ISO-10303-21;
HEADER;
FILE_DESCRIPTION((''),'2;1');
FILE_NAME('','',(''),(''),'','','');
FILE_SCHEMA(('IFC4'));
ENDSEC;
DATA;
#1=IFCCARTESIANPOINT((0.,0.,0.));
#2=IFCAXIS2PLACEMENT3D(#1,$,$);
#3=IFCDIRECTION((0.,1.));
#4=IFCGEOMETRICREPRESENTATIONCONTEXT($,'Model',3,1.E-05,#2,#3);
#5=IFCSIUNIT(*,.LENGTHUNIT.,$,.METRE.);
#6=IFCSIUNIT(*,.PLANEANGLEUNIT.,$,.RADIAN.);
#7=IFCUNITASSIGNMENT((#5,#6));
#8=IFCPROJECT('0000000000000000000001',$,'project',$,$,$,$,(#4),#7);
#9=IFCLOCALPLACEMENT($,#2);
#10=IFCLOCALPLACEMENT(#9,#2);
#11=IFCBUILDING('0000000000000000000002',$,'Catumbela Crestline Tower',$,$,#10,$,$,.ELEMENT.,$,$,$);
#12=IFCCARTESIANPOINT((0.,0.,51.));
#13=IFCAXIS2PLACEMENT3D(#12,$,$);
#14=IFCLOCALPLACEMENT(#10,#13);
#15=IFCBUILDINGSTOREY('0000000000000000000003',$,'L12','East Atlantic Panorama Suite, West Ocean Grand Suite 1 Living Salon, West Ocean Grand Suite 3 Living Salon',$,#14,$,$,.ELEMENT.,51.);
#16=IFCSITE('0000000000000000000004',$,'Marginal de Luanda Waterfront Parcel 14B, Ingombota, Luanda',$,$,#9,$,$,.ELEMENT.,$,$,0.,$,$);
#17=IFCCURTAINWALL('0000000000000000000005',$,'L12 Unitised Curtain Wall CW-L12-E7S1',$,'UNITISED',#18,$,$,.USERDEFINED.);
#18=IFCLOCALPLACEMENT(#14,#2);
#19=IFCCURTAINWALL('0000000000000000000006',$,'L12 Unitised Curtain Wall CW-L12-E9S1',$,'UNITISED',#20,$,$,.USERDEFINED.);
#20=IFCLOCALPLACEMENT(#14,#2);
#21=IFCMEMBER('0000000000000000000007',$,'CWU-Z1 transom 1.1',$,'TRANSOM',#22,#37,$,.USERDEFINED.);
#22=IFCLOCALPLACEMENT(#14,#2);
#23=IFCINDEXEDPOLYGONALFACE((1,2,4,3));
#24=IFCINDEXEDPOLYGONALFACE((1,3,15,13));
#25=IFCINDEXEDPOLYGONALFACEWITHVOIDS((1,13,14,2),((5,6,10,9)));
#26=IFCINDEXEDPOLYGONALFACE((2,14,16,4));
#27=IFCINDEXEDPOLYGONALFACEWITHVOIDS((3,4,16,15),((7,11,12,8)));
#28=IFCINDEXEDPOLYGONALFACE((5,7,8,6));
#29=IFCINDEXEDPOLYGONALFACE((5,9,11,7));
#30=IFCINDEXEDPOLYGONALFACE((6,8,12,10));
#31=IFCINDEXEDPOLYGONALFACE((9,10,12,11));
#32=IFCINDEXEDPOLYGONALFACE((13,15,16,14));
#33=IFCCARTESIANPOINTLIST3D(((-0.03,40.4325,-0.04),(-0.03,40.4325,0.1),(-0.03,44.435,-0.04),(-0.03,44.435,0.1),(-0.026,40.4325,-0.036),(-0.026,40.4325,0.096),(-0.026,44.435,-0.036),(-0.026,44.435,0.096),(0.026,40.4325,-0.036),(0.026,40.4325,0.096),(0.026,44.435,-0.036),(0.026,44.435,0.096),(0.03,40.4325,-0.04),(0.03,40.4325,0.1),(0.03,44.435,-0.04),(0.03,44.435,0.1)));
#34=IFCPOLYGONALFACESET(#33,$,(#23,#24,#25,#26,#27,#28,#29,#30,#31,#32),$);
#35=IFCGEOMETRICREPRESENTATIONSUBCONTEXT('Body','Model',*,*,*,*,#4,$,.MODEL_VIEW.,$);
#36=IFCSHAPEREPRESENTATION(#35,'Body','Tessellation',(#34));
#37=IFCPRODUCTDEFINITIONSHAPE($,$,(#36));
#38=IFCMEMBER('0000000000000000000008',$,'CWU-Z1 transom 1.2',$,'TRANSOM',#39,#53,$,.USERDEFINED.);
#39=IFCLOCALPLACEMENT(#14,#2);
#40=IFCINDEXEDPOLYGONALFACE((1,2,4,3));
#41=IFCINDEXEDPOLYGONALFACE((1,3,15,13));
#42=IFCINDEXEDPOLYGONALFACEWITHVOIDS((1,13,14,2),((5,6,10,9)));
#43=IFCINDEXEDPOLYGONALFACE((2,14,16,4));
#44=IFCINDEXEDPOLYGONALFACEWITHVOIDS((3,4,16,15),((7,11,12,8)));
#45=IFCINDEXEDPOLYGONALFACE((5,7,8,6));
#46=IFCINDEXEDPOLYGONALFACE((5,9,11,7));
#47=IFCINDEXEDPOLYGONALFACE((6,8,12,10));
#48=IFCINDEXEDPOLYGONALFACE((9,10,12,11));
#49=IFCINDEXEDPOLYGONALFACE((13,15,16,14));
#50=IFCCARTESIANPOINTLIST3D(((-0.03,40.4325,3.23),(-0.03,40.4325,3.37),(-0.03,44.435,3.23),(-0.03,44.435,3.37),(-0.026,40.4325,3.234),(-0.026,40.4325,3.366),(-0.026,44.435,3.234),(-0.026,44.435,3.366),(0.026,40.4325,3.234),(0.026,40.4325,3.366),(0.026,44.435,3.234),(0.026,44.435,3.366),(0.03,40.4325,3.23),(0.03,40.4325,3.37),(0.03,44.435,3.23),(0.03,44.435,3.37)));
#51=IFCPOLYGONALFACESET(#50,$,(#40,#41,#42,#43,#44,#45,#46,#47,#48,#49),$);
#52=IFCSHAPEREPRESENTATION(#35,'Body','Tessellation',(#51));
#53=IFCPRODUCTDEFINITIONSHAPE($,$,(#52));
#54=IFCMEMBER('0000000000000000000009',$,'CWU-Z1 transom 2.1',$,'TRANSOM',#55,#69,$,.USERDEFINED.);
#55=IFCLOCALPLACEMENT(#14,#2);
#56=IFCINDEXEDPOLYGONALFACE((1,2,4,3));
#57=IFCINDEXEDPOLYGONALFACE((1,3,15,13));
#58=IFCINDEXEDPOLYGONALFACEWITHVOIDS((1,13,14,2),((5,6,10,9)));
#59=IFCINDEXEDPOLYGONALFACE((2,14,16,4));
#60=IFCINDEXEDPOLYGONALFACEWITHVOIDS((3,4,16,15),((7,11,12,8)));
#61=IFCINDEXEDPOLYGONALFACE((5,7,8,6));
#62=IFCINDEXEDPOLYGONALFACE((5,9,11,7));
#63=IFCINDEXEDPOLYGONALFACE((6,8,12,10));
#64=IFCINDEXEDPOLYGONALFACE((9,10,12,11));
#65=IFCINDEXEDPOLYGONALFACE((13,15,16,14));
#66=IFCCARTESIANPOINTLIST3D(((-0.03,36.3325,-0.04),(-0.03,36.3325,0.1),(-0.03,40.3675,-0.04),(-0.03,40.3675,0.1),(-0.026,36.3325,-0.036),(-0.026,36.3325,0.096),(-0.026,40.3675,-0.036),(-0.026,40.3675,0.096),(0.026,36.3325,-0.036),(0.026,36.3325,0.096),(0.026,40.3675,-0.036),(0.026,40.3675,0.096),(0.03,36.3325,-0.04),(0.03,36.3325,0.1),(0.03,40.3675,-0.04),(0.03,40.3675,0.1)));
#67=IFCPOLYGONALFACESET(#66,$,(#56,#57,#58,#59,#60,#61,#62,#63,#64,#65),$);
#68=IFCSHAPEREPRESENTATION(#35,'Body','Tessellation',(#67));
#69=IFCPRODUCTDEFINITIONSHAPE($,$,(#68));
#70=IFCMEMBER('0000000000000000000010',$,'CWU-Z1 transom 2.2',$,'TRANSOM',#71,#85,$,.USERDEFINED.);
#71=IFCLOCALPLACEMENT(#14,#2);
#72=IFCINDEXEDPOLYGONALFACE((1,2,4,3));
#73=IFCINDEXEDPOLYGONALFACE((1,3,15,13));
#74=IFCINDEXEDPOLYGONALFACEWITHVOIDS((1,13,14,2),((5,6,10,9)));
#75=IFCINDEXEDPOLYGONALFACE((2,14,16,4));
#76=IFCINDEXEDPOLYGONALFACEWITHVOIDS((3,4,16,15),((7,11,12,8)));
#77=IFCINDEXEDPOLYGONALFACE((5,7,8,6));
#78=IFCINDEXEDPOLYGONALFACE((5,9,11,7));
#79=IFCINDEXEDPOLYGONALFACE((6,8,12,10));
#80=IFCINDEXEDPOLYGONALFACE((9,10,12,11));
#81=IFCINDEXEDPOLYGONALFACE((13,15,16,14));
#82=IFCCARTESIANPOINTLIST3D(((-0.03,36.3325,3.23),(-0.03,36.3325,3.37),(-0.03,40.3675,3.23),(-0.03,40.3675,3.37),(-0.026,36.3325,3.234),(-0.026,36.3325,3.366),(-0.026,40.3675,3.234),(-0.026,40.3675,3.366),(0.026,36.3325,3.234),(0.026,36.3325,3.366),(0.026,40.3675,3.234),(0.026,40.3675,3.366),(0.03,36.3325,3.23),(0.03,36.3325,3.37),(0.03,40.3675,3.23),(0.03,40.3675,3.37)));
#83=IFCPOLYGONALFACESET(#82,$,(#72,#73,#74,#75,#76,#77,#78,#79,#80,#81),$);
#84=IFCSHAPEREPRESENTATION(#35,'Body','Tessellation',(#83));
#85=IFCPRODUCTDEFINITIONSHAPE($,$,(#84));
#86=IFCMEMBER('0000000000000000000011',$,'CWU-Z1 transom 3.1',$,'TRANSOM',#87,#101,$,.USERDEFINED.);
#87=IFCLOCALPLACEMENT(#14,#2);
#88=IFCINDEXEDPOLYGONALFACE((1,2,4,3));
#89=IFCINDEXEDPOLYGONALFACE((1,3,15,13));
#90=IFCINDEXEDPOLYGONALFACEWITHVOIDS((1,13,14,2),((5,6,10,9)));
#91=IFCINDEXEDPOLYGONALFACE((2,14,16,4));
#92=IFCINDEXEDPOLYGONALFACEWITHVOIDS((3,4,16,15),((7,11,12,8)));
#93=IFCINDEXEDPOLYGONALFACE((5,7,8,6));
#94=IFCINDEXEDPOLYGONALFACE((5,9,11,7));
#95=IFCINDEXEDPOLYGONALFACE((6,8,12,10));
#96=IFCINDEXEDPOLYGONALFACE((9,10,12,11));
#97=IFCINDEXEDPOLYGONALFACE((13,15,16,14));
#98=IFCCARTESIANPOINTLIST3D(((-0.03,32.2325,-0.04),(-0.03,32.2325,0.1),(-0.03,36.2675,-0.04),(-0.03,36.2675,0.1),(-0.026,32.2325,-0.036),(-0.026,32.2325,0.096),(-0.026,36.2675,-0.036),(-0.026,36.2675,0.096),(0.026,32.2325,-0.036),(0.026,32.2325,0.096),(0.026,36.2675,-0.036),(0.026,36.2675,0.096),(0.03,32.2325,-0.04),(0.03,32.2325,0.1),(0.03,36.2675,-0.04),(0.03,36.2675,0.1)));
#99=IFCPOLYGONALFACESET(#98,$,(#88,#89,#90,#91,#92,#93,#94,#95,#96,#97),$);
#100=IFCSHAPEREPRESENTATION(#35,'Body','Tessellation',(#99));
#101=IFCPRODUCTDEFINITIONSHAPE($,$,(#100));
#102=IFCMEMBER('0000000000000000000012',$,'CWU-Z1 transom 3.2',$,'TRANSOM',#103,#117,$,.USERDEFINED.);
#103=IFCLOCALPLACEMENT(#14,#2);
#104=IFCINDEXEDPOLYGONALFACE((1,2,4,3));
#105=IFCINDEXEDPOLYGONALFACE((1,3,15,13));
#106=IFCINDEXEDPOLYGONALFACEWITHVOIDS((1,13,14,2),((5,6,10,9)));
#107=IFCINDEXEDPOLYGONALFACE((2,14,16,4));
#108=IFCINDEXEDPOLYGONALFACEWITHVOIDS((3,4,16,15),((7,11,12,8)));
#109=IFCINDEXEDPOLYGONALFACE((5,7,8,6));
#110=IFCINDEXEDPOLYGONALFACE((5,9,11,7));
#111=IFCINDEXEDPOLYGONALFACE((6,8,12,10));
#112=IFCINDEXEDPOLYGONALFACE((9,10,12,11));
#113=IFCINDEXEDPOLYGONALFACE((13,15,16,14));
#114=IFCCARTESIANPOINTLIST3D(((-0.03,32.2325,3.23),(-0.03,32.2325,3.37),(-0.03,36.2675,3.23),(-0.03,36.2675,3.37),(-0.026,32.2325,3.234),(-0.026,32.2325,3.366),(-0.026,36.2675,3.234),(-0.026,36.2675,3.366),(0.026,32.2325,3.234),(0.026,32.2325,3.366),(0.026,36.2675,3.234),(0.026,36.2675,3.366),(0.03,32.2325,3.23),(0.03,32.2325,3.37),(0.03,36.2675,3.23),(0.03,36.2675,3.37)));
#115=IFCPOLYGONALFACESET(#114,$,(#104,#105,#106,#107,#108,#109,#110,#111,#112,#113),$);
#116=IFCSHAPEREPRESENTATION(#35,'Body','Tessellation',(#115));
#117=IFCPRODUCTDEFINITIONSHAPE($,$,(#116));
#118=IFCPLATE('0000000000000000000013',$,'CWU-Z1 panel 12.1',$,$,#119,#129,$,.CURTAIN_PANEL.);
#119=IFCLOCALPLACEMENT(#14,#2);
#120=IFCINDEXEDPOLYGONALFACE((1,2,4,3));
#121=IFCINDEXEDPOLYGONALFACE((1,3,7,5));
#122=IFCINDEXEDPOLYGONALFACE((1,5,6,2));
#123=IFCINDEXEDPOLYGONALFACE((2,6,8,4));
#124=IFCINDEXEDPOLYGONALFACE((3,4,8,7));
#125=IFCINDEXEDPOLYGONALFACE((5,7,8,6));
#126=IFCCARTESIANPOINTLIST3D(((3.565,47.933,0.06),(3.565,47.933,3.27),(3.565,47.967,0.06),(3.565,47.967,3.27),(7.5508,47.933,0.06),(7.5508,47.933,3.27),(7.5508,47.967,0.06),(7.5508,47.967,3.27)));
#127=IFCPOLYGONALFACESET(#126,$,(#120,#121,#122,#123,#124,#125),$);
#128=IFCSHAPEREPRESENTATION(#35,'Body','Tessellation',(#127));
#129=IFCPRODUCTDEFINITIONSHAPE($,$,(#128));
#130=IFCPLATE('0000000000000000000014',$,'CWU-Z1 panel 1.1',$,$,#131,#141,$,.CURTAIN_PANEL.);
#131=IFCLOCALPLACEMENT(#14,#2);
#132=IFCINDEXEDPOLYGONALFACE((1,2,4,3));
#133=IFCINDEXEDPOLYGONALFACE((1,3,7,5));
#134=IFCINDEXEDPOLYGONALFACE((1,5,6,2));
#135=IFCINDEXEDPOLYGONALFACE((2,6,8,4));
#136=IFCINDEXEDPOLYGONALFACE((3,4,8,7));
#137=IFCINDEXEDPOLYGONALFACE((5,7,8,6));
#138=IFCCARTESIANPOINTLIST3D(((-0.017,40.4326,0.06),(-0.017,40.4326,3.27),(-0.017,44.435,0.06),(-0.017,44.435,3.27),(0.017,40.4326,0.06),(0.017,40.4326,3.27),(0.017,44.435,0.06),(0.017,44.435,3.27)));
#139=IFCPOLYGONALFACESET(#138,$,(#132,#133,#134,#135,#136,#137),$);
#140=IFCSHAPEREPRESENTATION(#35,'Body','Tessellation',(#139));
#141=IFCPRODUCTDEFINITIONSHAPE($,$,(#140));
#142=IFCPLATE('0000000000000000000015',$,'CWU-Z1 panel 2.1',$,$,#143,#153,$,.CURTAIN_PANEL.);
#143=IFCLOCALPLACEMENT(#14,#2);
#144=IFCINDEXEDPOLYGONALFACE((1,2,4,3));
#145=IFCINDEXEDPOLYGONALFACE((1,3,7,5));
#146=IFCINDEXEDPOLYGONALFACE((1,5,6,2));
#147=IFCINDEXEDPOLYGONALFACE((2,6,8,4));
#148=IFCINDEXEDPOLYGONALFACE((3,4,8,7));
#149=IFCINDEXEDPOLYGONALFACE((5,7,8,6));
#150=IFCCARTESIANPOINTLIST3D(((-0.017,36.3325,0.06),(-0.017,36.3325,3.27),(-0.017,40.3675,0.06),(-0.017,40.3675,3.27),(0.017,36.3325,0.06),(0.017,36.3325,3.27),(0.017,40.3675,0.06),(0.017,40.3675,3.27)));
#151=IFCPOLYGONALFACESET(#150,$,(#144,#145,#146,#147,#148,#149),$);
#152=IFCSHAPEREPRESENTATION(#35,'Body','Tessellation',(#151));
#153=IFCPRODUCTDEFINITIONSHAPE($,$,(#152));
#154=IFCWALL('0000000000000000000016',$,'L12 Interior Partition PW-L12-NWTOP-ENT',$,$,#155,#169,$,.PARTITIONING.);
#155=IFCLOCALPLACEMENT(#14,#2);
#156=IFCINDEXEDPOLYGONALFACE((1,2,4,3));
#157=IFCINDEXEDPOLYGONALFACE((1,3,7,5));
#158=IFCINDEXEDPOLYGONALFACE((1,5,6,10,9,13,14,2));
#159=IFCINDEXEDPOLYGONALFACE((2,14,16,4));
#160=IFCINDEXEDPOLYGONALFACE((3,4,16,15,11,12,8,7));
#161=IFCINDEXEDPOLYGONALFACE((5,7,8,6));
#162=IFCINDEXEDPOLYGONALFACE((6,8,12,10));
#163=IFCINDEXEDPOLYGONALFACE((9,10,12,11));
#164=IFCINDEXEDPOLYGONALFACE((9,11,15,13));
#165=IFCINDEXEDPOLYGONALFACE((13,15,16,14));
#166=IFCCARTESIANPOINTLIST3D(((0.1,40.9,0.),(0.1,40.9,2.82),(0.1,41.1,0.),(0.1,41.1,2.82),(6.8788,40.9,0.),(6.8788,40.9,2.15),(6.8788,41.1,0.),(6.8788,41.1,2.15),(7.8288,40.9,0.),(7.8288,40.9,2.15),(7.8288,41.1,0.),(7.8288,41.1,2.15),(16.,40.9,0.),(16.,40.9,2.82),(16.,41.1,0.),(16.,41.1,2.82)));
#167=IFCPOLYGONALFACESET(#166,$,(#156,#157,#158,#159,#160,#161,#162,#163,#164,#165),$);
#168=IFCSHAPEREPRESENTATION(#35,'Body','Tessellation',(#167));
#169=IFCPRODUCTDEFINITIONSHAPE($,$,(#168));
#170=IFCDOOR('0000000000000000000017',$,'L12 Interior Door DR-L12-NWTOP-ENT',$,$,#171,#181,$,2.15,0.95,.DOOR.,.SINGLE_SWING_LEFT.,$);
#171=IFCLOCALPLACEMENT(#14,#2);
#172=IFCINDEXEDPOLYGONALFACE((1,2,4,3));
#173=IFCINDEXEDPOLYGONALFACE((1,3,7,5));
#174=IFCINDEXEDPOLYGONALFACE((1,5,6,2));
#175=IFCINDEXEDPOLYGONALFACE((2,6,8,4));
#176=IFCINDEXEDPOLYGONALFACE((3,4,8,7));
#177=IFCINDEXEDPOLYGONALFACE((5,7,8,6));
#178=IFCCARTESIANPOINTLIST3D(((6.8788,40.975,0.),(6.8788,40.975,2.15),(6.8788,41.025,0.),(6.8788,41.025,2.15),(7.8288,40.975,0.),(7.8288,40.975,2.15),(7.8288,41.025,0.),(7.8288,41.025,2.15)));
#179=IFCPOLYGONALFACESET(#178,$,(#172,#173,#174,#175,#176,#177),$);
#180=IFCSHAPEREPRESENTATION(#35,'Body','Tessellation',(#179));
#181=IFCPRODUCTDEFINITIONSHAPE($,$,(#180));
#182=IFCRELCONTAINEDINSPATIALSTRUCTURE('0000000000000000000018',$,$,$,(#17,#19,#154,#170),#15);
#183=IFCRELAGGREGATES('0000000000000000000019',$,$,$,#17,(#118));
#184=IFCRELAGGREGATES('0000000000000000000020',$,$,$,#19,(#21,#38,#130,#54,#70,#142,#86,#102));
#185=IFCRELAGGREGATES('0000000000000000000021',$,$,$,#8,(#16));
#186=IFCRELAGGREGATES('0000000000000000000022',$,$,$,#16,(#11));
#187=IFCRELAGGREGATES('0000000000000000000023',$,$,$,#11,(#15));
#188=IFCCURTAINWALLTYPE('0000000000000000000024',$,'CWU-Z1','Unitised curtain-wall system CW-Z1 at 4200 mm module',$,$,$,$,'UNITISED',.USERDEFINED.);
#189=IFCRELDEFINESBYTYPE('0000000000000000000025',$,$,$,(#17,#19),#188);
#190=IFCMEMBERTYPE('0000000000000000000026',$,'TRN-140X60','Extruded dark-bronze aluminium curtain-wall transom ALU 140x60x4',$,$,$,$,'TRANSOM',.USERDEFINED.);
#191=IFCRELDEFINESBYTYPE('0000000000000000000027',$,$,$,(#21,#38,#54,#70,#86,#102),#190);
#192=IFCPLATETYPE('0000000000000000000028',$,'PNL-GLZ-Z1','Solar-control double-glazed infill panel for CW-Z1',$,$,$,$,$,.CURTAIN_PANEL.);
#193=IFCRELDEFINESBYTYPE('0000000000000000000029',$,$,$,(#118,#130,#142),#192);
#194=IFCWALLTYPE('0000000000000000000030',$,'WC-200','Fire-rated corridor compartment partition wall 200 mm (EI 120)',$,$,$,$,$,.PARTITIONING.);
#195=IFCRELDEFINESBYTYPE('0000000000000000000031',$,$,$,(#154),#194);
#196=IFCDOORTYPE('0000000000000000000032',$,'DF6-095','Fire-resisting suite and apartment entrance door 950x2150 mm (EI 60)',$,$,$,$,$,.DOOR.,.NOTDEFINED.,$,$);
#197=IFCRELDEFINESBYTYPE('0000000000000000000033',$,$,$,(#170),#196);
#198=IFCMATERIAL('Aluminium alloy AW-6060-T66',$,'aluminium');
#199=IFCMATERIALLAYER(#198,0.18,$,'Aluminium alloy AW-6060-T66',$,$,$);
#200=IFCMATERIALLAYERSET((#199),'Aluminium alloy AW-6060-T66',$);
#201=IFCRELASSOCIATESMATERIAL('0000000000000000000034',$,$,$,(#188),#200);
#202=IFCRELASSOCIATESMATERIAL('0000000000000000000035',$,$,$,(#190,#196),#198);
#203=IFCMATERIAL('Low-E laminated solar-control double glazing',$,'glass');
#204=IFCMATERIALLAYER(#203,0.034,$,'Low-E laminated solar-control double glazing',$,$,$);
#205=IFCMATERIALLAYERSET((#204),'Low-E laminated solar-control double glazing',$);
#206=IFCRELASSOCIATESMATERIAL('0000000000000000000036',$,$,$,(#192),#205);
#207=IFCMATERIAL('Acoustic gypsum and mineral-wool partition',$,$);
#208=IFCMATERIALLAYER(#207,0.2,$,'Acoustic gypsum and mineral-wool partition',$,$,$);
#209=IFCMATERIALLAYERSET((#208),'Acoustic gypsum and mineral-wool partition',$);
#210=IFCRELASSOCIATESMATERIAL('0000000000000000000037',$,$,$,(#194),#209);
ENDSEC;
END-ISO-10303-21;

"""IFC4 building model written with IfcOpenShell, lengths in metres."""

from ifc_helpers import new_model, si_unit, direction, frame, frame_2d, origin, origin_2d, place, context, subcontext, project, spatial, rectangle, hollow_rectangle, extrude, material, layer, layer_set, material_profile, profile_set, type_object, element, fill, aggregate, save


model = new_model("IFC4")

# Units and contexts
model_context = context("Model", 3, precision=1e-05, world=origin(), true_north=direction((0.0, 1.0)))
body_context = subcontext(model_context, "Body", "Model", "MODEL_VIEW")
ifc_project = project(units=[si_unit("LENGTHUNIT", "METRE"), si_unit("PLANEANGLEUNIT", "RADIAN")], contexts=[model_context])

# Site, building, storey
site_placement = place(None, origin())
site = spatial("IfcSite", under=ifc_project, at=site_placement, Name="Marginal de Luanda Waterfront Parcel 14B, Ingombota, Luanda", CompositionType="ELEMENT", RefElevation=0.0)
building_placement = place(site_placement, origin())
building = spatial("IfcBuilding", under=site, at=building_placement, Name="Catumbela Crestline Tower", CompositionType="ELEMENT")
storey_placement = place(building_placement, frame((0.0, 0.0, 51.0)))
storey = spatial("IfcBuildingStorey", under=building, at=storey_placement, Name="L12", Description="East Atlantic Panorama Suite, West Ocean Grand Suite 1 Living Salon, West Ocean Grand Suite 3 Living Salon", CompositionType="ELEMENT", Elevation=51.0)

# Curtain walls
ifc_material_1 = material(Name="Aluminium alloy AW-6060-T66", Category="aluminium")
ifc_layer_1 = layer(ifc_material_1, 0.18, Name="Aluminium alloy AW-6060-T66")
ifc_layer_set_1 = layer_set([ifc_layer_1], Name="Aluminium alloy AW-6060-T66")
curtain_wall_type = type_object("IfcCurtainWallType", Name="CWU-Z1", Description="Unitised curtain-wall system CW-Z1 at 4200 mm module", ElementType="UNITISED", PredefinedType="USERDEFINED", material=ifc_layer_set_1)
curtain_wall_1_placement = place(storey_placement, origin())
curtain_wall_1 = element("IfcCurtainWall", 1, at=curtain_wall_1_placement, inside=storey, type_object=curtain_wall_type, Name="L12 Unitised Curtain Wall CW-L12-E7S1", ObjectType="UNITISED", PredefinedType="USERDEFINED")
curtain_wall_2_placement = place(storey_placement, origin())
curtain_wall_2 = element("IfcCurtainWall", 2, at=curtain_wall_2_placement, inside=storey, type_object=curtain_wall_type, Name="L12 Unitised Curtain Wall CW-L12-E9S1", ObjectType="UNITISED", PredefinedType="USERDEFINED")

# Members
ifc_material_profile_1 = material_profile(ifc_material_1, hollow_rectangle(XDim=0.06, YDim=0.14, WallThickness=0.004, at=origin_2d()), Name="ALU 140x60x4")
ifc_profile_set_1 = profile_set([ifc_material_profile_1], Name="Aluminium alloy AW-6060-T66")
member_type_1 = type_object("IfcMemberType", Name="TRN-140X60", Description="Extruded dark-bronze aluminium curtain-wall transom ALU 140x60x4", ElementType="TRANSOM", PredefinedType="USERDEFINED", material=ifc_profile_set_1)
member_1_placement = place(storey_placement, frame((0.0, 44.435, 0.03), z_axis=(0.0, -1.0, 0.0), x_axis=(1.0, 0.0, 0.0)))
member_1 = element("IfcMember", 3, at=member_1_placement, type_object=member_type_1, Name="CWU-Z1 transom 1.1", ObjectType="TRANSOM", PredefinedType="USERDEFINED", context=body_context, shape_type="SweptSolid", body=[
    extrude(hollow_rectangle(XDim=0.06, YDim=0.14, WallThickness=0.004, at=origin_2d()), origin(), (0.0, 0.0, 1.0), 4.0025),
])
member_2_placement = place(storey_placement, frame((0.0, 44.435, 3.3), z_axis=(0.0, -1.0, 0.0), x_axis=(1.0, 0.0, 0.0)))
member_2 = element("IfcMember", 4, at=member_2_placement, type_object=member_type_1, Name="CWU-Z1 transom 1.2", ObjectType="TRANSOM", PredefinedType="USERDEFINED", context=body_context, shape_type="SweptSolid", body=[
    extrude(hollow_rectangle(XDim=0.06, YDim=0.14, WallThickness=0.004, at=origin_2d()), origin(), (0.0, 0.0, 1.0), 4.0025),
])
member_3_placement = place(storey_placement, frame((0.0, 40.3675, 0.03), z_axis=(0.0, -1.0, 0.0), x_axis=(1.0, 0.0, 0.0)))
member_3 = element("IfcMember", 5, at=member_3_placement, type_object=member_type_1, Name="CWU-Z1 transom 2.1", ObjectType="TRANSOM", PredefinedType="USERDEFINED", context=body_context, shape_type="SweptSolid", body=[
    extrude(hollow_rectangle(XDim=0.06, YDim=0.14, WallThickness=0.004, at=origin_2d()), origin(), (0.0, 0.0, 1.0), 4.035),
])
member_4_placement = place(storey_placement, frame((0.0, 40.3675, 3.3), z_axis=(0.0, -1.0, 0.0), x_axis=(1.0, 0.0, 0.0)))
member_4 = element("IfcMember", 6, at=member_4_placement, type_object=member_type_1, Name="CWU-Z1 transom 2.2", ObjectType="TRANSOM", PredefinedType="USERDEFINED", context=body_context, shape_type="SweptSolid", body=[
    extrude(hollow_rectangle(XDim=0.06, YDim=0.14, WallThickness=0.004, at=origin_2d()), origin(), (0.0, 0.0, 1.0), 4.035),
])
member_5_placement = place(storey_placement, frame((0.0, 36.2675, 0.03), z_axis=(0.0, -1.0, 0.0), x_axis=(1.0, 0.0, 0.0)))
member_5 = element("IfcMember", 7, at=member_5_placement, type_object=member_type_1, Name="CWU-Z1 transom 3.1", ObjectType="TRANSOM", PredefinedType="USERDEFINED", context=body_context, shape_type="SweptSolid", body=[
    extrude(hollow_rectangle(XDim=0.06, YDim=0.14, WallThickness=0.004, at=origin_2d()), origin(), (0.0, 0.0, 1.0), 4.035),
])
member_6_placement = place(storey_placement, frame((0.0, 36.2675, 3.3), z_axis=(0.0, -1.0, 0.0), x_axis=(1.0, 0.0, 0.0)))
member_6 = element("IfcMember", 8, at=member_6_placement, type_object=member_type_1, Name="CWU-Z1 transom 3.2", ObjectType="TRANSOM", PredefinedType="USERDEFINED", context=body_context, shape_type="SweptSolid", body=[
    extrude(hollow_rectangle(XDim=0.06, YDim=0.14, WallThickness=0.004, at=origin_2d()), origin(), (0.0, 0.0, 1.0), 4.035),
])

# Plates
ifc_material_2 = material(Name="Low-E laminated solar-control double glazing", Category="glass")
ifc_layer_2 = layer(ifc_material_2, 0.034, Name="Low-E laminated solar-control double glazing")
ifc_layer_set_2 = layer_set([ifc_layer_2], Name="Low-E laminated solar-control double glazing")
plate_type = type_object("IfcPlateType", Name="PNL-GLZ-Z1", Description="Solar-control double-glazed infill panel for CW-Z1", PredefinedType="CURTAIN_PANEL", material=ifc_layer_set_2)
plate_1_placement = place(storey_placement, frame((5.5579, 47.95, 0.06), z_axis=(0.0, 0.0, 1.0), x_axis=(-1.0, 0.0, 0.0)))
plate_1 = element("IfcPlate", 9, at=plate_1_placement, type_object=plate_type, Name="CWU-Z1 panel 12.1", PredefinedType="CURTAIN_PANEL", context=body_context, shape_type="SweptSolid", body=[
    extrude(rectangle(XDim=3.9858, YDim=0.034, at=origin_2d()), origin(), (0.0, 0.0, 1.0), 3.21),
])
aggregate(curtain_wall_1, [plate_1])
plate_2_placement = place(storey_placement, frame((0.0, 42.4338, 0.06), z_axis=(0.0, 0.0, 1.0), x_axis=(0.0, -1.0, 0.0)))
plate_2 = element("IfcPlate", 10, at=plate_2_placement, type_object=plate_type, Name="CWU-Z1 panel 1.1", PredefinedType="CURTAIN_PANEL", context=body_context, shape_type="SweptSolid", body=[
    extrude(rectangle(XDim=4.0025, YDim=0.034, at=origin_2d()), origin(), (0.0, 0.0, 1.0), 3.21),
])
plate_3_placement = place(storey_placement, frame((0.0, 38.35, 0.06), z_axis=(0.0, 0.0, 1.0), x_axis=(0.0, -1.0, 0.0)))
plate_3 = element("IfcPlate", 11, at=plate_3_placement, type_object=plate_type, Name="CWU-Z1 panel 2.1", PredefinedType="CURTAIN_PANEL", context=body_context, shape_type="SweptSolid", body=[
    extrude(rectangle(XDim=4.035, YDim=0.034, at=origin_2d()), origin(), (0.0, 0.0, 1.0), 3.21),
])
aggregate(curtain_wall_2, [member_1, member_2, plate_2, member_3, member_4, plate_3, member_5, member_6])

# Wall, opening, door
ifc_material_3 = material(Name="Acoustic gypsum and mineral-wool partition")
ifc_layer_3 = layer(ifc_material_3, 0.2, Name="Acoustic gypsum and mineral-wool partition")
ifc_layer_set_3 = layer_set([ifc_layer_3], Name="Acoustic gypsum and mineral-wool partition")
wall_type_1 = type_object("IfcWallType", Name="WC-200", Description="Fire-rated corridor compartment partition wall 200 mm (EI 120)", PredefinedType="PARTITIONING", material=ifc_layer_set_3)
wall_1_placement = place(storey_placement, frame((0.1, 41.0, 0.0), z_axis=(0.0, 0.0, 1.0), x_axis=(1.0, 0.0, 0.0)))
wall_1 = element("IfcWall", 12, at=wall_1_placement, inside=storey, type_object=wall_type_1, Name="L12 Interior Partition PW-L12-NWTOP-ENT", PredefinedType="PARTITIONING", context=body_context, shape_type="SweptSolid", body=[
    extrude(rectangle(XDim=15.9, YDim=0.2, at=frame_2d((7.95, 0.0))), origin(), (0.0, 0.0, 1.0), 2.82),
])
opening_1_placement = place(wall_1_placement, frame((6.7788, 0.0, 0.0)))
opening_1 = element("IfcOpeningElement", 13, at=opening_1_placement, cuts=wall_1, PredefinedType="OPENING", context=body_context, shape_type="SweptSolid", body=[
    extrude(rectangle(XDim=0.95, YDim=2.15, at=frame_2d((0.475, 1.075))), frame((0.0, 0.11, 0.0), z_axis=(0.0, -1.0, 0.0), x_axis=(1.0, 0.0, 0.0)), (0.0, 0.0, 1.0), 0.22),
])
door_type = type_object("IfcDoorType", Name="DF6-095", Description="Fire-resisting suite and apartment entrance door 950x2150 mm (EI 60)", OperationType="NOTDEFINED", PredefinedType="DOOR", material=ifc_material_1)
door_placement = place(opening_1_placement, origin())
door = element("IfcDoor", 14, at=door_placement, inside=storey, type_object=door_type, Name="L12 Interior Door DR-L12-NWTOP-ENT", OperationType="SINGLE_SWING_LEFT", OverallHeight=2.15, OverallWidth=0.95, PredefinedType="DOOR", context=body_context, shape_type="SweptSolid", body=[
    extrude(rectangle(XDim=0.95, YDim=2.15, at=frame_2d((0.475, 1.075))), frame((0.0, 0.025, 0.0), z_axis=(0.0, -1.0, 0.0), x_axis=(1.0, 0.0, 0.0)), (0.0, 0.0, 1.0), 0.05),
])
fill(opening_1, door)

save(model, "model.ifc")
